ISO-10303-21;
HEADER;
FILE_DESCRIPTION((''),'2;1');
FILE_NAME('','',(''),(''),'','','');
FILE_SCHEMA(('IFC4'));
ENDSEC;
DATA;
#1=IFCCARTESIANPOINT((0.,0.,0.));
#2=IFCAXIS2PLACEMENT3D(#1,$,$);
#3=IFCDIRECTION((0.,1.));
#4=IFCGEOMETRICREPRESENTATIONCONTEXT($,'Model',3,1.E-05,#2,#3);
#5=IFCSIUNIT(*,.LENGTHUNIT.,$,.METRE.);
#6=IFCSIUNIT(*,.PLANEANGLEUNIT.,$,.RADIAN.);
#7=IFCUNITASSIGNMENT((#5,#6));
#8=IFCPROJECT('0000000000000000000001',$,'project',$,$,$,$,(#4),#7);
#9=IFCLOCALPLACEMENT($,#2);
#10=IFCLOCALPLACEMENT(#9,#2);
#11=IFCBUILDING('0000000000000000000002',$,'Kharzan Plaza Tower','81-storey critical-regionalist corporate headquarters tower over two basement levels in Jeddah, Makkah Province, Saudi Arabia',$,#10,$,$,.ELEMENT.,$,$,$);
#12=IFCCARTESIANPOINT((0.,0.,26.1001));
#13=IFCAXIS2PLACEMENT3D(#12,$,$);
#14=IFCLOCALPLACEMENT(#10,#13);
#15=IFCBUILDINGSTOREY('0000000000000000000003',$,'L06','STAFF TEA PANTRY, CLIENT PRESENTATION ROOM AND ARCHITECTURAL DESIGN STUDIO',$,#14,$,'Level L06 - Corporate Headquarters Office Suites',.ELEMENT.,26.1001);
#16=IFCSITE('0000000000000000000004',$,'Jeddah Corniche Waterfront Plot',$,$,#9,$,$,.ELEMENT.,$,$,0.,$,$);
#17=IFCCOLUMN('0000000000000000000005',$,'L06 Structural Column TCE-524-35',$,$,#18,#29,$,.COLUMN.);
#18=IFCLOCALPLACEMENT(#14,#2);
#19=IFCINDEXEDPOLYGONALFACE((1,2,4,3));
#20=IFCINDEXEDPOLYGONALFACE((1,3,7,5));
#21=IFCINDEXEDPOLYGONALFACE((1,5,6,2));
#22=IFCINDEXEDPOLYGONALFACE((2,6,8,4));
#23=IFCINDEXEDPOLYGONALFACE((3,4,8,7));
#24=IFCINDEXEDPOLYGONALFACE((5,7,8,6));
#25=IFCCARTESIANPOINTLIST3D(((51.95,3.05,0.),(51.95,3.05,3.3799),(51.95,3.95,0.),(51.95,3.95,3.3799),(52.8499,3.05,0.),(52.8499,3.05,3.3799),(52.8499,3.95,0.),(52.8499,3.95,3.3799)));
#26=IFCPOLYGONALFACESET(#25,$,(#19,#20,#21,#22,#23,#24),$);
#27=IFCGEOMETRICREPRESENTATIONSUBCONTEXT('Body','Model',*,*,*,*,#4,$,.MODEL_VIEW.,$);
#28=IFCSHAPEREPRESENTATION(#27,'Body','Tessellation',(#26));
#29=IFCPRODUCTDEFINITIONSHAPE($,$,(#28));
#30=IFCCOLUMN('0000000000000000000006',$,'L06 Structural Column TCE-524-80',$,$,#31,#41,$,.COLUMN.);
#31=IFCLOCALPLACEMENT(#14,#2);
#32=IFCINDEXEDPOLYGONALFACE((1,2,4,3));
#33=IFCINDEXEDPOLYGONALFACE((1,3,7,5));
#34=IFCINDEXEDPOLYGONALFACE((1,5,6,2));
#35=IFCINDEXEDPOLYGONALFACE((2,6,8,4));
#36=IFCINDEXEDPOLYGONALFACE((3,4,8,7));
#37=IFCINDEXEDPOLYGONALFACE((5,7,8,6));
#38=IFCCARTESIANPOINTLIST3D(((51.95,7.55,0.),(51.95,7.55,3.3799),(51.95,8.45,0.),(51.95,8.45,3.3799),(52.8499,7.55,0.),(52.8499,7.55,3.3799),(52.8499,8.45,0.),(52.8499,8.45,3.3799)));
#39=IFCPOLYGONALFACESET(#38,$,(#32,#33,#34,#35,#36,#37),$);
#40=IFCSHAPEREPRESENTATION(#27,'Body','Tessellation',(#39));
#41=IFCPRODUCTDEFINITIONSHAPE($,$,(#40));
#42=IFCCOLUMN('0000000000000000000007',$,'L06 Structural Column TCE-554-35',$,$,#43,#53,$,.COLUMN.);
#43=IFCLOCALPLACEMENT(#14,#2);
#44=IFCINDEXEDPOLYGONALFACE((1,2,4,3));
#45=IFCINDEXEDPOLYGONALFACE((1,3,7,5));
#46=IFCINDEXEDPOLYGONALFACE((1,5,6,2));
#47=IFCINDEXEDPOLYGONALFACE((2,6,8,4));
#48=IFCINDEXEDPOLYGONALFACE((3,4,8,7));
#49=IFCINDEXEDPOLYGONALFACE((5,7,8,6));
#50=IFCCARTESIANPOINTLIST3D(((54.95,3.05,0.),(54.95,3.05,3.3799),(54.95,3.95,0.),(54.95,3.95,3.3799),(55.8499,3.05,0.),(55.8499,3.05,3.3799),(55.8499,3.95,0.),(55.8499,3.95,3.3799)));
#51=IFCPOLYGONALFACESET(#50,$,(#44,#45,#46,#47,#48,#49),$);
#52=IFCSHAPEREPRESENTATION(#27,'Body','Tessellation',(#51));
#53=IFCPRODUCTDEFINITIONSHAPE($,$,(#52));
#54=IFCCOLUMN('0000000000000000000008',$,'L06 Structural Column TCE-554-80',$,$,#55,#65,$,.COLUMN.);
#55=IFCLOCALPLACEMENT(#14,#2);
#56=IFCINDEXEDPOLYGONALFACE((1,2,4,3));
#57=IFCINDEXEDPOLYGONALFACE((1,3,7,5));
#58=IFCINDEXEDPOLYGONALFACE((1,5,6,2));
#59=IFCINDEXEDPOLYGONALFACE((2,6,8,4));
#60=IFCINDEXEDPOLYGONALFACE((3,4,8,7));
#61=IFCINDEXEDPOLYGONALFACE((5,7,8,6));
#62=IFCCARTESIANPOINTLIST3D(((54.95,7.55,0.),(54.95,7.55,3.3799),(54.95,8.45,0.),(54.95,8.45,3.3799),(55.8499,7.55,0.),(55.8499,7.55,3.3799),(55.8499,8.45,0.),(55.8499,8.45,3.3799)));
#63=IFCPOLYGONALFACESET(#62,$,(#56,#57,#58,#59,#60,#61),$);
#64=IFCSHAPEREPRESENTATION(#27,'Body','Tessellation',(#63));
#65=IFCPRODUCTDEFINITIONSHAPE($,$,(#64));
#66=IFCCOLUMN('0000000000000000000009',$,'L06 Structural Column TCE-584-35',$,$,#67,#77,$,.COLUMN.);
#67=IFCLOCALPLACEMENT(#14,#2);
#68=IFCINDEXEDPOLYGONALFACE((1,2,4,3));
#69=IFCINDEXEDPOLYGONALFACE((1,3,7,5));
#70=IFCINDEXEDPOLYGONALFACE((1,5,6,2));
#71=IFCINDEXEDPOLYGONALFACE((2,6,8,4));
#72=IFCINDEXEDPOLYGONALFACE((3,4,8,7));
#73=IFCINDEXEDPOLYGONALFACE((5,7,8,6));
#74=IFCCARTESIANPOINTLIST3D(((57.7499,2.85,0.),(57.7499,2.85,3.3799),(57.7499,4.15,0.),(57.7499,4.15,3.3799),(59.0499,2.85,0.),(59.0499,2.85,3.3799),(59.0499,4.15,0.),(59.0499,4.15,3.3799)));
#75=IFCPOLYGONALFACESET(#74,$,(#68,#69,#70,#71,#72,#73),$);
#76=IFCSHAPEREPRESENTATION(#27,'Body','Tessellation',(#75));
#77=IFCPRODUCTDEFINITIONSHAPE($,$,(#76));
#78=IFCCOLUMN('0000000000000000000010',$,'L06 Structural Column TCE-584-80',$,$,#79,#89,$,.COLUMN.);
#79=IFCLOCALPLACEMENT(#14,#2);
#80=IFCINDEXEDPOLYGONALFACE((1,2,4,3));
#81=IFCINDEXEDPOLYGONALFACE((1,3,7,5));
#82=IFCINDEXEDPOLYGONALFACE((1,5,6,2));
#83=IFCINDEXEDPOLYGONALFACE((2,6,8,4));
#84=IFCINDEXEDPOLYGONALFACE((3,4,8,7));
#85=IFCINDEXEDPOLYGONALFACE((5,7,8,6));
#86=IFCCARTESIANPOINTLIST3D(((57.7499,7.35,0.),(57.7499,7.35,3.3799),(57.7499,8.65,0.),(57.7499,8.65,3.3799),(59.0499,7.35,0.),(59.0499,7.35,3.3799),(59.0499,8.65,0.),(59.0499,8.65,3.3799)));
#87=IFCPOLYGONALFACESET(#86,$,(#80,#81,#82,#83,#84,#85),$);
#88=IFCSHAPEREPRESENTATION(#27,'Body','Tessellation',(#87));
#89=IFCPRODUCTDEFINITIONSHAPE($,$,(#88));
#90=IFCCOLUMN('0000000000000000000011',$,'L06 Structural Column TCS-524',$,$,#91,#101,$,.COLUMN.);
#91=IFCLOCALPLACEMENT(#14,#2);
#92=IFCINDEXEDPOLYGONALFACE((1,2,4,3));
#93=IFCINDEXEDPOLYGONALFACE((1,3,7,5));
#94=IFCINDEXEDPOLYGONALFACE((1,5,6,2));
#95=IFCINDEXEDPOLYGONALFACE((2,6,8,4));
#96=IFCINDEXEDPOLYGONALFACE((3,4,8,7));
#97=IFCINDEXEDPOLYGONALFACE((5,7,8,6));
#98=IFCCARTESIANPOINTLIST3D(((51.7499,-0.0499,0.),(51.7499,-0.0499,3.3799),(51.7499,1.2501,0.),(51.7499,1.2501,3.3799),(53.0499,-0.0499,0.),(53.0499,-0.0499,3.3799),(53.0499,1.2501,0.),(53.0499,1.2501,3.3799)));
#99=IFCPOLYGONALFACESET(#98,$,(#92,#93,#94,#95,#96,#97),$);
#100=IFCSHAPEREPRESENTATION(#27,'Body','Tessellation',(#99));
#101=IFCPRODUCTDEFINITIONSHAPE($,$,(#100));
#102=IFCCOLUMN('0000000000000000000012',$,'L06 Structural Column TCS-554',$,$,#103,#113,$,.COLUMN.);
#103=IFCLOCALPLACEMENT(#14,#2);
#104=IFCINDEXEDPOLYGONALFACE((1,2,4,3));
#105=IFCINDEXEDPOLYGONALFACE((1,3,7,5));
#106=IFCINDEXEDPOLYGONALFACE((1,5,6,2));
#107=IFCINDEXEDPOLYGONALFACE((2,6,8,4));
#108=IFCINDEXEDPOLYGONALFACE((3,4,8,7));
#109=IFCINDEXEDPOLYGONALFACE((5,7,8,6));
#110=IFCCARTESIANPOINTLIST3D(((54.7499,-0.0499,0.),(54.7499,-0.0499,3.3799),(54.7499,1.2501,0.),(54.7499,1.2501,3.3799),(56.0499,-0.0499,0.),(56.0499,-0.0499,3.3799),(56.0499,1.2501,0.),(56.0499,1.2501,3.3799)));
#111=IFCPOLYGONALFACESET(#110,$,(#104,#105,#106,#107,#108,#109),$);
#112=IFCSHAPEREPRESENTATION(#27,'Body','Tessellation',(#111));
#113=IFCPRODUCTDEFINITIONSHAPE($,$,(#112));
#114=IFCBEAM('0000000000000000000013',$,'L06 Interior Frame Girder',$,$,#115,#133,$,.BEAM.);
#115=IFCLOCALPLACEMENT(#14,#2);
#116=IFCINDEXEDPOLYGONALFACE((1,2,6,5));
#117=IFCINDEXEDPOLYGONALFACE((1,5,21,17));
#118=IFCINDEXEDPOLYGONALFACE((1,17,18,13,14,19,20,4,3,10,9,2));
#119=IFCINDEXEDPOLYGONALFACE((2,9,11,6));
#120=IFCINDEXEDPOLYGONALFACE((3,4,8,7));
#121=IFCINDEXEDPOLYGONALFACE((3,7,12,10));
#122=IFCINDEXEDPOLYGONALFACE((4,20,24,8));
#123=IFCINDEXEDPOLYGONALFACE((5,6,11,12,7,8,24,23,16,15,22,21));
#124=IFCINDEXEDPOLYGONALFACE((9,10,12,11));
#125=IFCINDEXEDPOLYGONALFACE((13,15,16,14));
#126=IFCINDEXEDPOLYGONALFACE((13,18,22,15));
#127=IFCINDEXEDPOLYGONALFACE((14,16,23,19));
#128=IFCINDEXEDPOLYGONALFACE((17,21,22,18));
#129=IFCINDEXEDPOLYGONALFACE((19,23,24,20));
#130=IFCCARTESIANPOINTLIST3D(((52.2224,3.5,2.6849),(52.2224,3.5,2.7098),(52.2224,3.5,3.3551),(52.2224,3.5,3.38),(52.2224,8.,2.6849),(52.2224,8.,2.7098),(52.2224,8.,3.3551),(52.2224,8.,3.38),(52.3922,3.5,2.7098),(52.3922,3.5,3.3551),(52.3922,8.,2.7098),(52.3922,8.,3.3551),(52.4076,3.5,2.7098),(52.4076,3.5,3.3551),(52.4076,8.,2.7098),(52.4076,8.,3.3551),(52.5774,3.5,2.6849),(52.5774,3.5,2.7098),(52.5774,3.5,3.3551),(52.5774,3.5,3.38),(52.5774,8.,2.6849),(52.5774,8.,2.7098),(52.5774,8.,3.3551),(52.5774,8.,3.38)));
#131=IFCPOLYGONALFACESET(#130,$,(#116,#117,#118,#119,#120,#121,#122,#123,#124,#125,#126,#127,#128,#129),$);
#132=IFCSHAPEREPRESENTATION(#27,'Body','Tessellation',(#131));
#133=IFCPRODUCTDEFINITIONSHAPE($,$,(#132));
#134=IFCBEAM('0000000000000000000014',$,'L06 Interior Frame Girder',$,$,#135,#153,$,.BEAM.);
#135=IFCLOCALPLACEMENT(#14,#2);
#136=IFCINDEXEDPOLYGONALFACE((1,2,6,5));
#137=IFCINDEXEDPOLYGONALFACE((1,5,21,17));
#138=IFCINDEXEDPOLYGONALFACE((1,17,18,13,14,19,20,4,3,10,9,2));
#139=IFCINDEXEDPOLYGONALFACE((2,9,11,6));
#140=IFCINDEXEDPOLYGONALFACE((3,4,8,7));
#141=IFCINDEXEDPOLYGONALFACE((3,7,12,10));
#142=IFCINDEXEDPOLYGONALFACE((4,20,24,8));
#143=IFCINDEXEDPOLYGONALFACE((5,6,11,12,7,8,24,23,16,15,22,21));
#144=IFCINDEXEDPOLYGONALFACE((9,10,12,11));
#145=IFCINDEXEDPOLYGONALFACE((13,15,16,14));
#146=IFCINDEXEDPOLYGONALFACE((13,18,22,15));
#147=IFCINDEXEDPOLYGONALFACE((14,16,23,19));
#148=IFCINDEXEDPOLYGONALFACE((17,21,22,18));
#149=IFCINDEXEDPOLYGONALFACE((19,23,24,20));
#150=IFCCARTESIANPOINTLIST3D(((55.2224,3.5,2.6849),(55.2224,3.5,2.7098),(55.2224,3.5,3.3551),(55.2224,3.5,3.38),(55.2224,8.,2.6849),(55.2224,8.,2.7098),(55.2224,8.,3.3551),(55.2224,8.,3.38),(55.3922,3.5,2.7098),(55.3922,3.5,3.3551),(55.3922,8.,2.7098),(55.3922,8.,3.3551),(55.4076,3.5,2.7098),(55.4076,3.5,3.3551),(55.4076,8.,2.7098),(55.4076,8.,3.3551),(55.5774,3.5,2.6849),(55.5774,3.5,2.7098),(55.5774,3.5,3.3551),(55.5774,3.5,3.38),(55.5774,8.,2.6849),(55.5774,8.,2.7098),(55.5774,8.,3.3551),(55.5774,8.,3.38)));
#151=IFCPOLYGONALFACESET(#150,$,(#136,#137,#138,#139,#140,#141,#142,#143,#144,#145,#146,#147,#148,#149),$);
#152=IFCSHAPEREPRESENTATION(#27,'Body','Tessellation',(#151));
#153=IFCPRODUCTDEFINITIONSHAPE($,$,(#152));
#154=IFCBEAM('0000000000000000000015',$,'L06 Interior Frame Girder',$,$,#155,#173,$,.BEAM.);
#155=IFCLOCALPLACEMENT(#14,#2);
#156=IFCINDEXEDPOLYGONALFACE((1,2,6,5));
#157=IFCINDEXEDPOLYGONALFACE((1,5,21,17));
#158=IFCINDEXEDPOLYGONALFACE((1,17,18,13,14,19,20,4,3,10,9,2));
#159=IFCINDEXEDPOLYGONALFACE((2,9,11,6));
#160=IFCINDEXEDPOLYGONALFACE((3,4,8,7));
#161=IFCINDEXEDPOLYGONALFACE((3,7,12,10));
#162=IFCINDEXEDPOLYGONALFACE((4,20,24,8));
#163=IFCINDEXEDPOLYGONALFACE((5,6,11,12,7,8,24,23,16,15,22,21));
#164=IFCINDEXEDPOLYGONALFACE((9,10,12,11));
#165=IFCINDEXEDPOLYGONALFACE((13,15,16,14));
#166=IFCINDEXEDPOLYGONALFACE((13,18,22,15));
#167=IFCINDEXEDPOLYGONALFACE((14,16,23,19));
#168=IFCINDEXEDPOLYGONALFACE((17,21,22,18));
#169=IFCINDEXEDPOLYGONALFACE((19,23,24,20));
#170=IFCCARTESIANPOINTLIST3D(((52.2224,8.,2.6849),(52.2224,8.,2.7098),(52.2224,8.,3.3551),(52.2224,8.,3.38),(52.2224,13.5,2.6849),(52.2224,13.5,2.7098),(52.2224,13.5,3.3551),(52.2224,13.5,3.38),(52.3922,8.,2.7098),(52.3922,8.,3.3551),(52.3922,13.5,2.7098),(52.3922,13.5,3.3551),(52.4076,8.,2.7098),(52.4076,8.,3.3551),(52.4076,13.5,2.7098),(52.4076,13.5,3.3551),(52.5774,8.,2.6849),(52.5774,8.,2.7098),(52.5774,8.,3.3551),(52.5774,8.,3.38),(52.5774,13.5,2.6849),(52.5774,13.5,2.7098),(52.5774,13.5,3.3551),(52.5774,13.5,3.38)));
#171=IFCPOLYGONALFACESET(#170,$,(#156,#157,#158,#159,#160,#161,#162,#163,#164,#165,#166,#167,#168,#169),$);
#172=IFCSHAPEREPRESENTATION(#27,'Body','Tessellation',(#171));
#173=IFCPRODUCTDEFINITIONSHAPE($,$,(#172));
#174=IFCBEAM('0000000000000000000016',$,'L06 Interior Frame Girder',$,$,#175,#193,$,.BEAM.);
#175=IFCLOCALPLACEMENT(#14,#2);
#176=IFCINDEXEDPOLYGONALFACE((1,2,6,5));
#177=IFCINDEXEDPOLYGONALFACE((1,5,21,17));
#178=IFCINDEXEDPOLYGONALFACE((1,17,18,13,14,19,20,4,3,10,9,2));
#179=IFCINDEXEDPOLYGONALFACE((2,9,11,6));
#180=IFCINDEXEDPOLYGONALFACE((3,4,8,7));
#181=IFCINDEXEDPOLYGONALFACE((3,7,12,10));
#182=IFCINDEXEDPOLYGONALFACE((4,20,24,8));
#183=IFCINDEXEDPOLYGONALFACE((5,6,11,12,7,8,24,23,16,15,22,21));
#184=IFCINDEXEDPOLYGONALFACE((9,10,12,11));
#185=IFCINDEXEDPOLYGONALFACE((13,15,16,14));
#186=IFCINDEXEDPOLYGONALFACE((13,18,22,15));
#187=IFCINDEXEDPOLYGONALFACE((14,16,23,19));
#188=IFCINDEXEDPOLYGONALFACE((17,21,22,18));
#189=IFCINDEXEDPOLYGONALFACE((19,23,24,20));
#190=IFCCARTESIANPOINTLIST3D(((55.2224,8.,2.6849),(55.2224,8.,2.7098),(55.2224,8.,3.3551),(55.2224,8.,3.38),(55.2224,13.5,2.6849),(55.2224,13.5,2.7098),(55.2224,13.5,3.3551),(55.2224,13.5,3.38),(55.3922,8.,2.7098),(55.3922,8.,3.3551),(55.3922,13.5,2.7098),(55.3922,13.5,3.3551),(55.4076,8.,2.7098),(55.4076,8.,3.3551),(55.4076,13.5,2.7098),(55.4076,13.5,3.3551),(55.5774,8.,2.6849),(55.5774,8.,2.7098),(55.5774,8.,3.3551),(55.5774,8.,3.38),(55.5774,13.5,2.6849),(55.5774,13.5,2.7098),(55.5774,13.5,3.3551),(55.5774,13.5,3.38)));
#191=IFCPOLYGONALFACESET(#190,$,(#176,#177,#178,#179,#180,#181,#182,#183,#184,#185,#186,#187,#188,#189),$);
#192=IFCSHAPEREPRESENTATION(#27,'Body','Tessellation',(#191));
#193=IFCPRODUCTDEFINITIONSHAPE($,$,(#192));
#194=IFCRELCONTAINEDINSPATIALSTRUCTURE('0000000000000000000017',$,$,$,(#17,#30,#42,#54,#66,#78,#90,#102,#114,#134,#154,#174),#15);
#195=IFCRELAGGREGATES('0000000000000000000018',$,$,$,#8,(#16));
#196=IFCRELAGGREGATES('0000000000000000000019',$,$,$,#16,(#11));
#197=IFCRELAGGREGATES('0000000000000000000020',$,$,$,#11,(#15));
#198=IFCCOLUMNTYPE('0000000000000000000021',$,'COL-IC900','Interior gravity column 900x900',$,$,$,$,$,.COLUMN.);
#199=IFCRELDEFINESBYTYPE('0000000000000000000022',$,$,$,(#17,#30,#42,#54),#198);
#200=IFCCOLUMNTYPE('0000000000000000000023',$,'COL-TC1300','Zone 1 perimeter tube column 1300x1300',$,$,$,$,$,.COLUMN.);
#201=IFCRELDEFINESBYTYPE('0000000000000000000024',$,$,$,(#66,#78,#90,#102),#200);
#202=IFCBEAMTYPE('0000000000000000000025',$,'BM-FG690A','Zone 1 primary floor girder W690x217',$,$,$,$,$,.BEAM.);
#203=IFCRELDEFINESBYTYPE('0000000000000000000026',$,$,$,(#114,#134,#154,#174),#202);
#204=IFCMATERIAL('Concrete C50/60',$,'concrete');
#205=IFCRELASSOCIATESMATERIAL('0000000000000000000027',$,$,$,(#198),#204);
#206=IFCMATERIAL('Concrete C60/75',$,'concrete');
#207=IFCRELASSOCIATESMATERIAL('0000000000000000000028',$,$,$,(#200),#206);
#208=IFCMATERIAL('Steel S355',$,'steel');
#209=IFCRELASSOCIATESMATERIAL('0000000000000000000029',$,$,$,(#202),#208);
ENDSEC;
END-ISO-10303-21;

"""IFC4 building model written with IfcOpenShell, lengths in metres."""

from ifc_helpers import new_model, si_unit, direction, frame, origin, origin_2d, place, context, subcontext, project, spatial, rectangle, i_section, extrude, source, transform, mapped, material, material_profile, profile_set, type_object, element, save


model = new_model("IFC4")

# Units and contexts
model_context = context("Model", 3, precision=1e-05, world=origin(), true_north=direction((0.0, 1.0)))
body_context = subcontext(model_context, "Body", "Model", "MODEL_VIEW")
ifc_project = project(units=[si_unit("LENGTHUNIT", "METRE"), si_unit("PLANEANGLEUNIT", "RADIAN")], contexts=[model_context])

# Site, building, storey
site_placement = place(None, origin())
site = spatial("IfcSite", under=ifc_project, at=site_placement, Name="Jeddah Corniche Waterfront Plot", CompositionType="ELEMENT", RefElevation=0.0)
building_placement = place(site_placement, origin())
building = spatial("IfcBuilding", under=site, at=building_placement, Name="Kharzan Plaza Tower", Description="81-storey critical-regionalist corporate headquarters tower over two basement levels in Jeddah, Makkah Province, Saudi Arabia", CompositionType="ELEMENT")
storey_placement = place(building_placement, frame((0.0, 0.0, 26.1001)))
storey = spatial("IfcBuildingStorey", under=building, at=storey_placement, Name="L06", Description="STAFF TEA PANTRY, CLIENT PRESENTATION ROOM AND ARCHITECTURAL DESIGN STUDIO", LongName="Level L06 - Corporate Headquarters Office Suites", CompositionType="ELEMENT", Elevation=26.1001)

# Columns
ifc_material_1 = material(Name="Concrete C50/60", Category="concrete")
ifc_material_profile_1 = material_profile(ifc_material_1, rectangle(XDim=0.8999, YDim=0.8999, at=origin_2d()), Name="RC-IC900x900")
ifc_profile_set_1 = profile_set([ifc_material_profile_1], Name="Concrete C50/60")
column_type_1 = type_object("IfcColumnType", Name="COL-IC900", Description="Interior gravity column 900x900", PredefinedType="COLUMN", material=ifc_profile_set_1)
shared_shape_1 = source(origin(), body_context, "Body", "SweptSolid", [
    extrude(rectangle(XDim=0.8999, YDim=0.8999, at=origin_2d()), origin(), (0.0, 0.0, 1.0), 3.3799),
])
for number, where, z_axis, x_axis, name in (
    (1, (52.3999, 3.5, 0.0), (0.0, 0.0, 1.0), (1.0, 0.0, 0.0), "L06 Structural Column TCE-524-35"),
    (2, (52.3999, 8.0, 0.0), (0.0, 0.0, 1.0), (1.0, 0.0, 0.0), "L06 Structural Column TCE-524-80"),
    (3, (55.3999, 3.5, 0.0), (0.0, 0.0, 1.0), (1.0, 0.0, 0.0), "L06 Structural Column TCE-554-35"),
    (4, (55.3999, 8.0, 0.0), (0.0, 0.0, 1.0), (1.0, 0.0, 0.0), "L06 Structural Column TCE-554-80"),
):
    element("IfcColumn", number, at=place(storey_placement, frame(where, z_axis=z_axis, x_axis=x_axis)), inside=storey, type_object=column_type_1, Name=name, PredefinedType="COLUMN", context=body_context, shape_type="MappedRepresentation", body=[
        mapped(shared_shape_1, transform((0.0, 0.0, 0.0), x_axis=(1.0, 0.0, 0.0), y_axis=(0.0, 1.0, 0.0), z_axis=(0.0, 0.0, 1.0))),
    ])
ifc_material_2 = material(Name="Concrete C60/75", Category="concrete")
ifc_material_profile_2 = material_profile(ifc_material_2, rectangle(XDim=1.3, YDim=1.3, at=origin_2d()), Name="RC-TC1300x1300")
ifc_profile_set_2 = profile_set([ifc_material_profile_2], Name="Concrete C60/75")
column_type_2 = type_object("IfcColumnType", Name="COL-TC1300", Description="Zone 1 perimeter tube column 1300x1300", PredefinedType="COLUMN", material=ifc_profile_set_2)
shared_shape_2 = source(origin(), body_context, "Body", "SweptSolid", [
    extrude(rectangle(XDim=1.3, YDim=1.3, at=origin_2d()), origin(), (0.0, 0.0, 1.0), 3.3799),
])
for number, where, z_axis, x_axis, name in (
    (5, (58.3999, 3.5, 0.0), (0.0, 0.0, 1.0), (1.0, 0.0, 0.0), "L06 Structural Column TCE-584-35"),
    (6, (58.3999, 8.0, 0.0), (0.0, 0.0, 1.0), (1.0, 0.0, 0.0), "L06 Structural Column TCE-584-80"),
    (7, (52.3999, 0.6001, 0.0), (0.0, 0.0, 1.0), (1.0, 0.0, 0.0), "L06 Structural Column TCS-524"),
    (8, (55.3999, 0.6001, 0.0), (0.0, 0.0, 1.0), (1.0, 0.0, 0.0), "L06 Structural Column TCS-554"),
):
    element("IfcColumn", number, at=place(storey_placement, frame(where, z_axis=z_axis, x_axis=x_axis)), inside=storey, type_object=column_type_2, Name=name, PredefinedType="COLUMN", context=body_context, shape_type="MappedRepresentation", body=[
        mapped(shared_shape_2, transform((0.0, 0.0, 0.0), x_axis=(1.0, 0.0, 0.0), y_axis=(0.0, 1.0, 0.0), z_axis=(0.0, 0.0, 1.0))),
    ])

# Beams
ifc_material_3 = material(Name="Steel S355", Category="steel")
ifc_material_profile_3 = material_profile(ifc_material_3, i_section(OverallWidth=0.355, OverallDepth=0.6951, WebThickness=0.0154, FlangeThickness=0.0249, at=origin_2d()), Name="W690x217")
ifc_profile_set_3 = profile_set([ifc_material_profile_3], Name="Steel S355")
beam_type_1 = type_object("IfcBeamType", Name="BM-FG690A", Description="Zone 1 primary floor girder W690x217", PredefinedType="BEAM", material=ifc_profile_set_3)
shared_shape_3 = source(origin(), body_context, "Body", "SweptSolid", [
    extrude(i_section(OverallWidth=0.355, OverallDepth=0.6951, WebThickness=0.0154, FlangeThickness=0.0249, at=origin_2d()), origin(), (0.0, 0.0, 1.0), 4.5),
])
for number, where, z_axis, x_axis, name in (
    (9, (52.3999, 3.5, 3.0325), (0.0, 1.0, 0.0), (-1.0, 0.0, 0.0), "L06 Interior Frame Girder"),
    (10, (55.3999, 3.5, 3.0325), (0.0, 1.0, 0.0), (-1.0, 0.0, 0.0), "L06 Interior Frame Girder"),
):
    element("IfcBeam", number, at=place(storey_placement, frame(where, z_axis=z_axis, x_axis=x_axis)), inside=storey, type_object=beam_type_1, Name=name, PredefinedType="BEAM", context=body_context, shape_type="MappedRepresentation", body=[
        mapped(shared_shape_3, transform((0.0, 0.0, 0.0), x_axis=(1.0, 0.0, 0.0), y_axis=(0.0, 1.0, 0.0), z_axis=(0.0, 0.0, 1.0))),
    ])
shared_shape_4 = source(origin(), body_context, "Body", "SweptSolid", [
    extrude(i_section(OverallWidth=0.355, OverallDepth=0.6951, WebThickness=0.0154, FlangeThickness=0.0249, at=origin_2d()), origin(), (0.0, 0.0, 1.0), 5.5),
])
for number, where, z_axis, x_axis, name in (
    (11, (52.3999, 8.0, 3.0325), (0.0, 1.0, 0.0), (-1.0, 0.0, 0.0), "L06 Interior Frame Girder"),
    (12, (55.3999, 8.0, 3.0325), (0.0, 1.0, 0.0), (-1.0, 0.0, 0.0), "L06 Interior Frame Girder"),
):
    element("IfcBeam", number, at=place(storey_placement, frame(where, z_axis=z_axis, x_axis=x_axis)), inside=storey, type_object=beam_type_1, Name=name, PredefinedType="BEAM", context=body_context, shape_type="MappedRepresentation", body=[
        mapped(shared_shape_4, transform((0.0, 0.0, 0.0), x_axis=(1.0, 0.0, 0.0), y_axis=(0.0, 1.0, 0.0), z_axis=(0.0, 0.0, 1.0))),
    ])

save(model, "model.ifc")
